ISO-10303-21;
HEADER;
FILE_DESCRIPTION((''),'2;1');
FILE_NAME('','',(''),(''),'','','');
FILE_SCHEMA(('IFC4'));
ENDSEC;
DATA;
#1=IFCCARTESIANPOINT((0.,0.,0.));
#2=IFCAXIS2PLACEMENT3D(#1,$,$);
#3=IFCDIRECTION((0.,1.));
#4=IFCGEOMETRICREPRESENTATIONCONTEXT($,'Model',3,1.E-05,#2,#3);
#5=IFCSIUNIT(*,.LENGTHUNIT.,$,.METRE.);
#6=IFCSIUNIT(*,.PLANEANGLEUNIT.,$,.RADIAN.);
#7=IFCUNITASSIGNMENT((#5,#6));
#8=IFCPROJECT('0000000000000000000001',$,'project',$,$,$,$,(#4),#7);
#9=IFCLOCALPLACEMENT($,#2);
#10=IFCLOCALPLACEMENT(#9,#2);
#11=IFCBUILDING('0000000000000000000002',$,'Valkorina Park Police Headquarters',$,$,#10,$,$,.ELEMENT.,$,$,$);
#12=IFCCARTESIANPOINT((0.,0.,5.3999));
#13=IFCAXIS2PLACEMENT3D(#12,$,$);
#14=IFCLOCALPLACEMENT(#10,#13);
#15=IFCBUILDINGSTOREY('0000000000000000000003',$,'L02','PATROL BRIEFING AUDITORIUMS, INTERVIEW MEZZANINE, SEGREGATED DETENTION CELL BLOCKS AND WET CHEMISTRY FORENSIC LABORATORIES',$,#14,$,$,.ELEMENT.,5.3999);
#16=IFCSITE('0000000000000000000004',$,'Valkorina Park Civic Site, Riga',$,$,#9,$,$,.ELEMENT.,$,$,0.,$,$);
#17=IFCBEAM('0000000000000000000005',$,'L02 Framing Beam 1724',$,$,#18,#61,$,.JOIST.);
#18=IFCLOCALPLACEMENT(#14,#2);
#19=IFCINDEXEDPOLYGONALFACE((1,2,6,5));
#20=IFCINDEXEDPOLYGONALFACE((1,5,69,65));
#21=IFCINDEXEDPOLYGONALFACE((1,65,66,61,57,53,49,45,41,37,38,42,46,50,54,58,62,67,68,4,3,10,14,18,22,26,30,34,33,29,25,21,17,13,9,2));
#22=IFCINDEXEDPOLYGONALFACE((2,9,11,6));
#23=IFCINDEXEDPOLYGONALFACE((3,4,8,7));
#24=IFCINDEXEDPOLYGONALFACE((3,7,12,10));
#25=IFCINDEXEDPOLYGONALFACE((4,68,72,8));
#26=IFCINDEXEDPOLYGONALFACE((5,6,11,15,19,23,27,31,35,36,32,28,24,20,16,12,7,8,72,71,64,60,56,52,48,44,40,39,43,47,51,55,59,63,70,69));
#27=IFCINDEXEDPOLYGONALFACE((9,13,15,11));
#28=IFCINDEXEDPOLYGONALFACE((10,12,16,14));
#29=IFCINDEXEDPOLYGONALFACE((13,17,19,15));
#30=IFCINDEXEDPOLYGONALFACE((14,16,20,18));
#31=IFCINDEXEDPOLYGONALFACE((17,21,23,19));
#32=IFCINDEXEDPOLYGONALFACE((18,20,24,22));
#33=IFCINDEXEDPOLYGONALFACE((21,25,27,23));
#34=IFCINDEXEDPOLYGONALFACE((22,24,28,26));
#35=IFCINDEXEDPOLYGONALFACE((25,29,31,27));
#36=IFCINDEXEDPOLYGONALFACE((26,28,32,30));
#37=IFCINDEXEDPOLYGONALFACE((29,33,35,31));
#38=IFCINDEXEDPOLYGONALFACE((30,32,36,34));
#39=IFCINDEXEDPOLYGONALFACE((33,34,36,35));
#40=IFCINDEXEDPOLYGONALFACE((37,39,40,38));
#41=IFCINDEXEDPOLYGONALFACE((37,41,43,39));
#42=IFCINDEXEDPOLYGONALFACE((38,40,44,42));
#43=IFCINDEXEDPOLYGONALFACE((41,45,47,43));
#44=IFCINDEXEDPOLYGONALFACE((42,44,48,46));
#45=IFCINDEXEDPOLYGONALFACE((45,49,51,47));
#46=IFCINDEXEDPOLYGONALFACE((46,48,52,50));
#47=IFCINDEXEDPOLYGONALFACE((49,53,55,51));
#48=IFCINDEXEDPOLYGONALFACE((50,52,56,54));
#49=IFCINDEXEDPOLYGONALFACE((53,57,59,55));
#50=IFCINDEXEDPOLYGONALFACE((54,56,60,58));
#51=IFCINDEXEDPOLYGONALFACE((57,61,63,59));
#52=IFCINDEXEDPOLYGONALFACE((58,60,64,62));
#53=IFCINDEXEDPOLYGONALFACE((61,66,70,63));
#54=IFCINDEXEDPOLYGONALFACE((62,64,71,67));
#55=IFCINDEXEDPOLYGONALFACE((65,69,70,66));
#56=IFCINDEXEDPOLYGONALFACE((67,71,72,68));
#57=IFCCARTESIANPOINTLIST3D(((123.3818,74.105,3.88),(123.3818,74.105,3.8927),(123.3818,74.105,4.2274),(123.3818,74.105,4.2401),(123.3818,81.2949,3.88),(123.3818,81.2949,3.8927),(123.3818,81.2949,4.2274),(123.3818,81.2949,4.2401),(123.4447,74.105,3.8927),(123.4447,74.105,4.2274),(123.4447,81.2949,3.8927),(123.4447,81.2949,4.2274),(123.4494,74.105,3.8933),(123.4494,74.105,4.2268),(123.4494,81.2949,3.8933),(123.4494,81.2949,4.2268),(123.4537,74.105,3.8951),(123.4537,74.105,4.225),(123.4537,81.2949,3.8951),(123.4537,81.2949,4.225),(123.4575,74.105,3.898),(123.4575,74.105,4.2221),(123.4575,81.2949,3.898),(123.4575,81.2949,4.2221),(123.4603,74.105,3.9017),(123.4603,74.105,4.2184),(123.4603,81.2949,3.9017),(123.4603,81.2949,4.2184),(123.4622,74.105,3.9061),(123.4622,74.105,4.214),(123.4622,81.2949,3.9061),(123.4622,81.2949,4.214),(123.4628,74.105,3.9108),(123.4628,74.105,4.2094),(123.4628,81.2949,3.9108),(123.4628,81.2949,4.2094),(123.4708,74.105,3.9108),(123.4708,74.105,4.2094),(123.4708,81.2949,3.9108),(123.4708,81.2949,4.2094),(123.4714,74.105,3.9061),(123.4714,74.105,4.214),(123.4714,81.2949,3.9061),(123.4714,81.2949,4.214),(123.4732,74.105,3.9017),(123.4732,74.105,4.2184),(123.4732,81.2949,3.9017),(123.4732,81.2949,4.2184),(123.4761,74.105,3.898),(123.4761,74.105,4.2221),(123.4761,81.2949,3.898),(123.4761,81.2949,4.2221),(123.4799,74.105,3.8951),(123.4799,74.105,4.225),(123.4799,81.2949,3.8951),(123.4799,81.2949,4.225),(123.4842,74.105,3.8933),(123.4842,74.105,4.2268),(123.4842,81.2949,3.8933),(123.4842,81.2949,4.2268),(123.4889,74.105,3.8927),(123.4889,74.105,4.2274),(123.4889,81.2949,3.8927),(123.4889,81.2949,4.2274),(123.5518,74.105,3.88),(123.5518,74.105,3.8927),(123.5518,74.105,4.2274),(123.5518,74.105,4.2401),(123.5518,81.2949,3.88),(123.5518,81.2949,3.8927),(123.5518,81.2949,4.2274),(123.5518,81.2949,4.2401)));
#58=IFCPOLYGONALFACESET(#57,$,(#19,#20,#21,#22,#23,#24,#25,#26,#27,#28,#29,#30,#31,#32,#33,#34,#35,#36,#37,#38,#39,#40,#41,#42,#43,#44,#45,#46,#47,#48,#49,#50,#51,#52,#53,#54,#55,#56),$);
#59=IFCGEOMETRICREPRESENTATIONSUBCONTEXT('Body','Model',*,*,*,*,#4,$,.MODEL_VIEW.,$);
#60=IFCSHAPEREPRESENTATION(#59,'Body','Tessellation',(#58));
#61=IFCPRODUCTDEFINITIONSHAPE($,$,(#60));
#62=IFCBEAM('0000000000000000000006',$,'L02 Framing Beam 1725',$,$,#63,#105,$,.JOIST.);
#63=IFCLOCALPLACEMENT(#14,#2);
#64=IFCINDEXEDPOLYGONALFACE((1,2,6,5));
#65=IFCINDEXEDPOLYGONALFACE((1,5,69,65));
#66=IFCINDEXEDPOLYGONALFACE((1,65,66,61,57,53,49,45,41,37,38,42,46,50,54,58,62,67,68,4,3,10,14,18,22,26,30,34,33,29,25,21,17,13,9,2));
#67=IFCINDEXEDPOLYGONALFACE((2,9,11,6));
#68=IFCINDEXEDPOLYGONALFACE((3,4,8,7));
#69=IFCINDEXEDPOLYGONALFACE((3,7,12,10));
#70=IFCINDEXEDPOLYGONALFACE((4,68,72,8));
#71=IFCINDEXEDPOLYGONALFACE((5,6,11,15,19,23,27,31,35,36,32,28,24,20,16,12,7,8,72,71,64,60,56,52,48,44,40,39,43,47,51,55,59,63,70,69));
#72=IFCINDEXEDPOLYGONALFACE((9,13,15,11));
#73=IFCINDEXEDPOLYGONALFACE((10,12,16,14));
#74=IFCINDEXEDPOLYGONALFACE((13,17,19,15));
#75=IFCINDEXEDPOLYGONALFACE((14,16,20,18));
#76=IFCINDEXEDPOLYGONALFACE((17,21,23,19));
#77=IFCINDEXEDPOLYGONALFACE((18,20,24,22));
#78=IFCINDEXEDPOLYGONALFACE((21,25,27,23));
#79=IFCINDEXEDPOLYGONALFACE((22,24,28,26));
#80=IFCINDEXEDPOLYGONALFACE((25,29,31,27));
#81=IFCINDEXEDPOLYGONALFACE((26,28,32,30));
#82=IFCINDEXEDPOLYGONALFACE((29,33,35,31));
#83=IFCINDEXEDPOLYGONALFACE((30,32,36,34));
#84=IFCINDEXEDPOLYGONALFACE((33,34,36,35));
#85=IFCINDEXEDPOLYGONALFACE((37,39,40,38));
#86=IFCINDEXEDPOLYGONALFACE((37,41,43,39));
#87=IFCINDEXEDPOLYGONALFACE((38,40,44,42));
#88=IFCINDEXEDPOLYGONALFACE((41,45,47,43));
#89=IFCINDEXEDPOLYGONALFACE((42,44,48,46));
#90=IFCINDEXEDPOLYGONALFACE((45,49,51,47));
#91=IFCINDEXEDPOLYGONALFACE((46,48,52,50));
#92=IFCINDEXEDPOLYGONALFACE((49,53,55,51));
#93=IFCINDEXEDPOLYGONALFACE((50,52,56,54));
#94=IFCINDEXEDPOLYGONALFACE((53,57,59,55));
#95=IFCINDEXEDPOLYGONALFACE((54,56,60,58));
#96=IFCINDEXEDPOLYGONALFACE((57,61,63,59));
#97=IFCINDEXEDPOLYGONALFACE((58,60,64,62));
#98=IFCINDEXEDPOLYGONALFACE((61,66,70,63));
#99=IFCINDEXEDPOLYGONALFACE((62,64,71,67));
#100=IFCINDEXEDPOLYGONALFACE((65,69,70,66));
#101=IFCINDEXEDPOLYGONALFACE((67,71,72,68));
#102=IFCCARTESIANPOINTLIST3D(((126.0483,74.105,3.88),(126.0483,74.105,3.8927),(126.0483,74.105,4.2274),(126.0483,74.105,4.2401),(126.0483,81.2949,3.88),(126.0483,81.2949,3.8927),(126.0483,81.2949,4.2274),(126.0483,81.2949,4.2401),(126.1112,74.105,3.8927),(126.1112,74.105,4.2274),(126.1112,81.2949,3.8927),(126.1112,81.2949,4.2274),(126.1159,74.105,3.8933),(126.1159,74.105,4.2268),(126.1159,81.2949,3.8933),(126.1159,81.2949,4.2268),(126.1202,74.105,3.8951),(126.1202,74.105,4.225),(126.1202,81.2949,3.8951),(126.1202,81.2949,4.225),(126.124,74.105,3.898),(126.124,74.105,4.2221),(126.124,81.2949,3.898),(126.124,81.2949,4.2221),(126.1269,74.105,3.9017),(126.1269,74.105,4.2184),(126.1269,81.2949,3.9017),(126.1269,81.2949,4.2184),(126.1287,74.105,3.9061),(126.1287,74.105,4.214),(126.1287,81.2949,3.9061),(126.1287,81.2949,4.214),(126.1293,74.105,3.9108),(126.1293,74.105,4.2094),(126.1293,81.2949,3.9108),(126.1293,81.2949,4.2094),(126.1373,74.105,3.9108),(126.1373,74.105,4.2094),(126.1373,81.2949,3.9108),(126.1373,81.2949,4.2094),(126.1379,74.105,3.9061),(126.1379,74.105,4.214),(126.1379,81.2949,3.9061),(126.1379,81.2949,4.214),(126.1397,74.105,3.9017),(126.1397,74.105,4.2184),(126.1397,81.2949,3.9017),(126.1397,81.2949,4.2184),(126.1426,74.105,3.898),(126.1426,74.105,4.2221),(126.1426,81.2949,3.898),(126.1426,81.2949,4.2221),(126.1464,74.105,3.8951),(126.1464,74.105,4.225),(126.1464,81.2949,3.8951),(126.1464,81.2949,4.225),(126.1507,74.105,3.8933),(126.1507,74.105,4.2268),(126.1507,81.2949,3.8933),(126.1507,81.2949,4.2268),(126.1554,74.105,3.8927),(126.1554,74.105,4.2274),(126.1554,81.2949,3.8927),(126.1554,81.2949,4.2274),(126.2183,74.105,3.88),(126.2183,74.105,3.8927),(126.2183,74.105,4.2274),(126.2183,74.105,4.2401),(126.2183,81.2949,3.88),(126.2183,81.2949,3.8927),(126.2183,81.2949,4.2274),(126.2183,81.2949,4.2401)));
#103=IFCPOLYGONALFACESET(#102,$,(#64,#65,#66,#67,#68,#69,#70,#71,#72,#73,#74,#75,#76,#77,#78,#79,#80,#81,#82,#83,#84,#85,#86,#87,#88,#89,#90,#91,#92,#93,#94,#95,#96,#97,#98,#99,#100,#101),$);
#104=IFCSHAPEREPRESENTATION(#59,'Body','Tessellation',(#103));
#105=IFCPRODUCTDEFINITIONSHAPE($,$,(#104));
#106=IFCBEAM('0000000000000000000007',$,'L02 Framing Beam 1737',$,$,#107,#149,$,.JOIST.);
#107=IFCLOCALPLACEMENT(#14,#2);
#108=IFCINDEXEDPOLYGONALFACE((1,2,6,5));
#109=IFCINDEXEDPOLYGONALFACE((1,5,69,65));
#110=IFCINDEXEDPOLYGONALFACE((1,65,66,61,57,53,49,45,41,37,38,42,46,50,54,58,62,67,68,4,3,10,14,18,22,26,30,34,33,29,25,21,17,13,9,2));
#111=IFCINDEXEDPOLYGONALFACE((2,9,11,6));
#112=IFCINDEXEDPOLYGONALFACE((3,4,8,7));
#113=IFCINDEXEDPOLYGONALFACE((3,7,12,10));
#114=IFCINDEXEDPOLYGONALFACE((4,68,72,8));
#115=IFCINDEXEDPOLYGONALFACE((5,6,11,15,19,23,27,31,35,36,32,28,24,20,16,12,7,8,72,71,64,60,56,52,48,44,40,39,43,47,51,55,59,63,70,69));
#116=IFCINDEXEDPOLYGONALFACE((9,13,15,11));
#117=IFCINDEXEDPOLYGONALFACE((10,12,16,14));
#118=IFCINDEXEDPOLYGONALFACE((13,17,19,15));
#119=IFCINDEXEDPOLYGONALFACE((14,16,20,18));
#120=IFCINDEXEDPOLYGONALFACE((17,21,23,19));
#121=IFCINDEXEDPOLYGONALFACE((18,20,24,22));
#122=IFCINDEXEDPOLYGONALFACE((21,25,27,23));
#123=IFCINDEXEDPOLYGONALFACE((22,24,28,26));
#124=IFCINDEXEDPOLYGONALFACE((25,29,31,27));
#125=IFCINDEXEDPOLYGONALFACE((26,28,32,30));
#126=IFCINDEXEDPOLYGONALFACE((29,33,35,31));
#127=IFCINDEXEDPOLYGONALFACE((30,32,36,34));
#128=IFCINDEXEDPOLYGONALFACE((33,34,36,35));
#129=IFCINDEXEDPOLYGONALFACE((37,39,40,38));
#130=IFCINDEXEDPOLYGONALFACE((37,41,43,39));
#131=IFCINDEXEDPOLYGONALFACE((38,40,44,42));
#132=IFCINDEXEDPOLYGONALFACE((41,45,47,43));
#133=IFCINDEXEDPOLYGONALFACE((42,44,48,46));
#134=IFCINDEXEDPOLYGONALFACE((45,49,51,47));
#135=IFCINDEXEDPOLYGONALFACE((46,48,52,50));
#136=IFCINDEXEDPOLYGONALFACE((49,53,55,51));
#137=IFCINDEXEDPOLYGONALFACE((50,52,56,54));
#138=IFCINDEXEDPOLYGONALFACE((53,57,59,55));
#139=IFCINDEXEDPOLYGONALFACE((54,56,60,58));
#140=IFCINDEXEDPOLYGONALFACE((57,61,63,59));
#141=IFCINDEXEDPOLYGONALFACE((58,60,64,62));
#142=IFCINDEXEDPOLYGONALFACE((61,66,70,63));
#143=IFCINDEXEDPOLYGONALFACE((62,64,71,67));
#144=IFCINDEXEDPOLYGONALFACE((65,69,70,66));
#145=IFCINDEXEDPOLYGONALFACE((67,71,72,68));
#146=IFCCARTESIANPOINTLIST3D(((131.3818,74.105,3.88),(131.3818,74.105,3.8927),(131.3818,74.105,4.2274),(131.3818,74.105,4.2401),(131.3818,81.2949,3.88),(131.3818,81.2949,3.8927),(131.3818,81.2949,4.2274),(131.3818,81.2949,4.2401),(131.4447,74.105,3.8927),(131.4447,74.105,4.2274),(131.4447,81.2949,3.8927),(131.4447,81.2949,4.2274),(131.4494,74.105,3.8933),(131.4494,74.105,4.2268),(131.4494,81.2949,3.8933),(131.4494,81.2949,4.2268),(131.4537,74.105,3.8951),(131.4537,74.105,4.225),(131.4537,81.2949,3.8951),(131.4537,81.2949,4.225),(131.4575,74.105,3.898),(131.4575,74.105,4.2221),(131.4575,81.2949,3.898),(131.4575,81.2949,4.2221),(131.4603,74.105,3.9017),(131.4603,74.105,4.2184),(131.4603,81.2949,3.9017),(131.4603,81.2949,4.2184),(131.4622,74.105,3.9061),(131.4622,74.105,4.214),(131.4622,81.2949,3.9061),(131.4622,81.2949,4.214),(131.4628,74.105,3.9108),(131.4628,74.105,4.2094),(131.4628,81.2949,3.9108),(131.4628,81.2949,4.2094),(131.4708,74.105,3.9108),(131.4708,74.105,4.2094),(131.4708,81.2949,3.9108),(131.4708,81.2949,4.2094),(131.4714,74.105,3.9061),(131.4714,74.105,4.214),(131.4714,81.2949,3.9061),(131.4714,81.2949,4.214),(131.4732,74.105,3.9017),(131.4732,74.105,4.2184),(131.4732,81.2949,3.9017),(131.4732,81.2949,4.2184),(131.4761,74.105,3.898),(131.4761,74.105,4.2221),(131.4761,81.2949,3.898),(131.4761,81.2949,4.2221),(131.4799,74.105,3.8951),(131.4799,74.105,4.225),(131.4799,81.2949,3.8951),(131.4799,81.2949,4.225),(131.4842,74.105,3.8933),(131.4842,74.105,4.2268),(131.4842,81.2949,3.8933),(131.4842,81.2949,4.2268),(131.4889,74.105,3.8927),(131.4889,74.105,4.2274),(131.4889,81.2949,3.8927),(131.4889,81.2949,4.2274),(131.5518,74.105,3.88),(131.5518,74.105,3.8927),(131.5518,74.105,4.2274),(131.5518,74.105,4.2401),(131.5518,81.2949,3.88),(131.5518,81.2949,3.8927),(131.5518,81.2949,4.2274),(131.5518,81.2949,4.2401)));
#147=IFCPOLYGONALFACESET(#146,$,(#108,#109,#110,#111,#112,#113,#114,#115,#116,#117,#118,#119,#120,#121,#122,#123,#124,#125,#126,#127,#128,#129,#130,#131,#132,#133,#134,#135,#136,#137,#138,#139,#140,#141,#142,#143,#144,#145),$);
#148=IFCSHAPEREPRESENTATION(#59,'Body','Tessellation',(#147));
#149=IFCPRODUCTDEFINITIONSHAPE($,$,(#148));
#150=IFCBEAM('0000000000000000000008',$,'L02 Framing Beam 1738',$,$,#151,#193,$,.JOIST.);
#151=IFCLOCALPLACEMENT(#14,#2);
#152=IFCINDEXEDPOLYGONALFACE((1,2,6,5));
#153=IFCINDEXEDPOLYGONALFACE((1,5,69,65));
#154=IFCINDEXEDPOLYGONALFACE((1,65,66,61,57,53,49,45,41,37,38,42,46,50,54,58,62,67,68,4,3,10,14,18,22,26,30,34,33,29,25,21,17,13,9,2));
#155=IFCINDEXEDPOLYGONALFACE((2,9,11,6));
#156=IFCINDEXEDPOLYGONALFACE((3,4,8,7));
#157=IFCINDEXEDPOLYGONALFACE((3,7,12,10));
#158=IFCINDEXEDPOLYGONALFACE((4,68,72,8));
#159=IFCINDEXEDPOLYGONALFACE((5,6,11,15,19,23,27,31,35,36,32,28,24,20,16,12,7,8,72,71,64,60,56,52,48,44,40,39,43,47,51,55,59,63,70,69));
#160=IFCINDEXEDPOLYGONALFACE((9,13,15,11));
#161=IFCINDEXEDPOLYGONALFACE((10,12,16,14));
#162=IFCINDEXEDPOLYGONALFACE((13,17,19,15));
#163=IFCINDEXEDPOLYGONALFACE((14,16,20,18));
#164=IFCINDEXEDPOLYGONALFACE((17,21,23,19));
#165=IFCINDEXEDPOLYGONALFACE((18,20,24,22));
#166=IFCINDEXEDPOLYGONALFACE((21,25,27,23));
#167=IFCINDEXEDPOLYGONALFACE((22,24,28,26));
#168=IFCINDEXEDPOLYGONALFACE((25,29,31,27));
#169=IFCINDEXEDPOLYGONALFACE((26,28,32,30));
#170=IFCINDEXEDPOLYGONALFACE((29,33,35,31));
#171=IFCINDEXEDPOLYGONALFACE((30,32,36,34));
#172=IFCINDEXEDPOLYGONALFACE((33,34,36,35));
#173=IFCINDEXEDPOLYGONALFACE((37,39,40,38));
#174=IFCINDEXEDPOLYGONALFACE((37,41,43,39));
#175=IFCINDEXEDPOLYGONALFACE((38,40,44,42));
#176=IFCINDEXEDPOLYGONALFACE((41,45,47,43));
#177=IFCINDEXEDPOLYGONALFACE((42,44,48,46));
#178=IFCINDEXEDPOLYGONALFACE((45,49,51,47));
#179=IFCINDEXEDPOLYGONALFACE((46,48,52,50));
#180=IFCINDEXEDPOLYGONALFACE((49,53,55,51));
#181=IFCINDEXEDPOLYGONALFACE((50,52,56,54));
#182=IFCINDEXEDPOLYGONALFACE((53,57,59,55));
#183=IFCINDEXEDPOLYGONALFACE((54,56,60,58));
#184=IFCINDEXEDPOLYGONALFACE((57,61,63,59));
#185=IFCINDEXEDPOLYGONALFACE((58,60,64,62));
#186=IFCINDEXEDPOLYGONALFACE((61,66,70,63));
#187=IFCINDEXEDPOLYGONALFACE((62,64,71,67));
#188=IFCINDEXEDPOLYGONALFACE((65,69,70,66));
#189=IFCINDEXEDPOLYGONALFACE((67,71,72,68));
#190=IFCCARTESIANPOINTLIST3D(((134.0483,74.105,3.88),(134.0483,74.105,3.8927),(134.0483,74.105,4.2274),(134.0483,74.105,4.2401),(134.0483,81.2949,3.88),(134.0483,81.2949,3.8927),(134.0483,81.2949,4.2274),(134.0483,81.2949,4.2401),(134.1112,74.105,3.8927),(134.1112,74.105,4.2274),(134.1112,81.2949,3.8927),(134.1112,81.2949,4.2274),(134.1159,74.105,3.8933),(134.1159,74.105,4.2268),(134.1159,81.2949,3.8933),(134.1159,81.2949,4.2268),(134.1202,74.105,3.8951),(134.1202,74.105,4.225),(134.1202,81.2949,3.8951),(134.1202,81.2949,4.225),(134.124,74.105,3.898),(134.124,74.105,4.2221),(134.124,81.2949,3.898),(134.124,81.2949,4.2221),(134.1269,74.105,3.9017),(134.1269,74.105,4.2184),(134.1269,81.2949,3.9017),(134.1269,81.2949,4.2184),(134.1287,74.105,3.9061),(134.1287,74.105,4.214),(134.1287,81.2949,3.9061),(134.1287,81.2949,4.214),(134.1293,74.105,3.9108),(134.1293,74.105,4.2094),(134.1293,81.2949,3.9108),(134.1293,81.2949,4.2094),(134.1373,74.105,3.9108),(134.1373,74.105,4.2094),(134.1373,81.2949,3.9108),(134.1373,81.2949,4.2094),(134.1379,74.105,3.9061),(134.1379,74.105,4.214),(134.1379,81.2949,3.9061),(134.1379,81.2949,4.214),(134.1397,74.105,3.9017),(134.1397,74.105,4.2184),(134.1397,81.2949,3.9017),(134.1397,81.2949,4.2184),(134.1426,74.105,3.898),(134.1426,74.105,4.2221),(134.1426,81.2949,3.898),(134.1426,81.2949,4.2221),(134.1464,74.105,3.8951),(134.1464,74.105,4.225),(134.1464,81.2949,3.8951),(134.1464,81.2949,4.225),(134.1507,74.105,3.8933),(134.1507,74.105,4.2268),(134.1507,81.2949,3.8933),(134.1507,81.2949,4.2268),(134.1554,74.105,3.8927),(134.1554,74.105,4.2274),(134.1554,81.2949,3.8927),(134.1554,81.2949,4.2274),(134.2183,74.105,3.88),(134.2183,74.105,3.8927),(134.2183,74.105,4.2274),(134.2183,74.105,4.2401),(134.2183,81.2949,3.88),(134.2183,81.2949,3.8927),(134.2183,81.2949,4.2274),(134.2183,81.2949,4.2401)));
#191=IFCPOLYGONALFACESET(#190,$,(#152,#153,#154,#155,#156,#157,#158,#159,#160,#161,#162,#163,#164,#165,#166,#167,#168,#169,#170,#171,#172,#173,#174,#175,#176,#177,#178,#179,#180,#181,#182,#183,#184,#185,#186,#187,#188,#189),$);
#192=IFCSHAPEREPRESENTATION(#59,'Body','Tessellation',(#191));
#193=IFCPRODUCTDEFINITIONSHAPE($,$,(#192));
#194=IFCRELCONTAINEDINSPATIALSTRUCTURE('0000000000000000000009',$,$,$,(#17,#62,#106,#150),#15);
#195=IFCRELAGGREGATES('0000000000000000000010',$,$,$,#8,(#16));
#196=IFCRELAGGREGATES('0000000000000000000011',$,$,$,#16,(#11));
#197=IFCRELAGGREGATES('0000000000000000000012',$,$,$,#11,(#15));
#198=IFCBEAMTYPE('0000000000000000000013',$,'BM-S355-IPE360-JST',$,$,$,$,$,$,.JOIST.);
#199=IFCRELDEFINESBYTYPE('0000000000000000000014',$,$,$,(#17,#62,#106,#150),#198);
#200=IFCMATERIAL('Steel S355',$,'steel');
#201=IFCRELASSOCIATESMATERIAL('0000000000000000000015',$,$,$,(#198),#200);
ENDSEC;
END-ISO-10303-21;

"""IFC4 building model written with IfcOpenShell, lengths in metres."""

from ifc_helpers import new_model, si_unit, direction, frame, origin, origin_2d, place, context, subcontext, project, spatial, i_section, extrude, material, material_profile, profile_set, type_object, element, save


model = new_model("IFC4")

# Units and contexts
model_context = context("Model", 3, precision=1e-05, world=origin(), true_north=direction((0.0, 1.0)))
body_context = subcontext(model_context, "Body", "Model", "MODEL_VIEW")
ifc_project = project(units=[si_unit("LENGTHUNIT", "METRE"), si_unit("PLANEANGLEUNIT", "RADIAN")], contexts=[model_context])

# Site, building, storey
site_placement = place(None, origin())
site = spatial("IfcSite", under=ifc_project, at=site_placement, Name="Valkorina Park Civic Site, Riga", CompositionType="ELEMENT", RefElevation=0.0)
building_placement = place(site_placement, origin())
building = spatial("IfcBuilding", under=site, at=building_placement, Name="Valkorina Park Police Headquarters", CompositionType="ELEMENT")
storey_placement = place(building_placement, frame((0.0, 0.0, 5.3999)))
storey = spatial("IfcBuildingStorey", under=building, at=storey_placement, Name="L02", Description="PATROL BRIEFING AUDITORIUMS, INTERVIEW MEZZANINE, SEGREGATED DETENTION CELL BLOCKS AND WET CHEMISTRY FORENSIC LABORATORIES", CompositionType="ELEMENT", Elevation=5.3999)

# Shared definitions
ifc_material = material(Name="Steel S355", Category="steel")

# Beams
ifc_material_profile_1 = material_profile(ifc_material, i_section(OverallWidth=0.1699, OverallDepth=0.3601, WebThickness=0.0081, FlangeThickness=0.0127, FilletRadius=0.0181, at=origin_2d()), Name="IPE 360")
ifc_profile_set_1 = profile_set([ifc_material_profile_1], Name="Steel S355")
beam_type_1 = type_object("IfcBeamType", Name="BM-S355-IPE360-JST", PredefinedType="JOIST", material=ifc_profile_set_1)
for number, where, z_axis, x_axis, name in (
    (1, (123.4668, 74.105, 4.0601), (0.0, 1.0, 0.0), (-1.0, 0.0, 0.0), "L02 Framing Beam 1724"),
    (2, (126.1333, 74.105, 4.0601), (0.0, 1.0, 0.0), (-1.0, 0.0, 0.0), "L02 Framing Beam 1725"),
    (3, (131.4668, 74.105, 4.0601), (0.0, 1.0, 0.0), (-1.0, 0.0, 0.0), "L02 Framing Beam 1737"),
    (4, (134.1333, 74.105, 4.0601), (0.0, 1.0, 0.0), (-1.0, 0.0, 0.0), "L02 Framing Beam 1738"),
):
    element("IfcBeam", number, at=place(storey_placement, frame(where, z_axis=z_axis, x_axis=x_axis)), inside=storey, type_object=beam_type_1, Name=name, PredefinedType="JOIST", context=body_context, shape_type="SweptSolid", body=[
        extrude(i_section(OverallWidth=0.1699, OverallDepth=0.3601, WebThickness=0.0081, FlangeThickness=0.0127, FilletRadius=0.0181, at=origin_2d()), origin(), (0.0, 0.0, 1.0), 7.1899),
    ])

save(model, "model.ifc")
